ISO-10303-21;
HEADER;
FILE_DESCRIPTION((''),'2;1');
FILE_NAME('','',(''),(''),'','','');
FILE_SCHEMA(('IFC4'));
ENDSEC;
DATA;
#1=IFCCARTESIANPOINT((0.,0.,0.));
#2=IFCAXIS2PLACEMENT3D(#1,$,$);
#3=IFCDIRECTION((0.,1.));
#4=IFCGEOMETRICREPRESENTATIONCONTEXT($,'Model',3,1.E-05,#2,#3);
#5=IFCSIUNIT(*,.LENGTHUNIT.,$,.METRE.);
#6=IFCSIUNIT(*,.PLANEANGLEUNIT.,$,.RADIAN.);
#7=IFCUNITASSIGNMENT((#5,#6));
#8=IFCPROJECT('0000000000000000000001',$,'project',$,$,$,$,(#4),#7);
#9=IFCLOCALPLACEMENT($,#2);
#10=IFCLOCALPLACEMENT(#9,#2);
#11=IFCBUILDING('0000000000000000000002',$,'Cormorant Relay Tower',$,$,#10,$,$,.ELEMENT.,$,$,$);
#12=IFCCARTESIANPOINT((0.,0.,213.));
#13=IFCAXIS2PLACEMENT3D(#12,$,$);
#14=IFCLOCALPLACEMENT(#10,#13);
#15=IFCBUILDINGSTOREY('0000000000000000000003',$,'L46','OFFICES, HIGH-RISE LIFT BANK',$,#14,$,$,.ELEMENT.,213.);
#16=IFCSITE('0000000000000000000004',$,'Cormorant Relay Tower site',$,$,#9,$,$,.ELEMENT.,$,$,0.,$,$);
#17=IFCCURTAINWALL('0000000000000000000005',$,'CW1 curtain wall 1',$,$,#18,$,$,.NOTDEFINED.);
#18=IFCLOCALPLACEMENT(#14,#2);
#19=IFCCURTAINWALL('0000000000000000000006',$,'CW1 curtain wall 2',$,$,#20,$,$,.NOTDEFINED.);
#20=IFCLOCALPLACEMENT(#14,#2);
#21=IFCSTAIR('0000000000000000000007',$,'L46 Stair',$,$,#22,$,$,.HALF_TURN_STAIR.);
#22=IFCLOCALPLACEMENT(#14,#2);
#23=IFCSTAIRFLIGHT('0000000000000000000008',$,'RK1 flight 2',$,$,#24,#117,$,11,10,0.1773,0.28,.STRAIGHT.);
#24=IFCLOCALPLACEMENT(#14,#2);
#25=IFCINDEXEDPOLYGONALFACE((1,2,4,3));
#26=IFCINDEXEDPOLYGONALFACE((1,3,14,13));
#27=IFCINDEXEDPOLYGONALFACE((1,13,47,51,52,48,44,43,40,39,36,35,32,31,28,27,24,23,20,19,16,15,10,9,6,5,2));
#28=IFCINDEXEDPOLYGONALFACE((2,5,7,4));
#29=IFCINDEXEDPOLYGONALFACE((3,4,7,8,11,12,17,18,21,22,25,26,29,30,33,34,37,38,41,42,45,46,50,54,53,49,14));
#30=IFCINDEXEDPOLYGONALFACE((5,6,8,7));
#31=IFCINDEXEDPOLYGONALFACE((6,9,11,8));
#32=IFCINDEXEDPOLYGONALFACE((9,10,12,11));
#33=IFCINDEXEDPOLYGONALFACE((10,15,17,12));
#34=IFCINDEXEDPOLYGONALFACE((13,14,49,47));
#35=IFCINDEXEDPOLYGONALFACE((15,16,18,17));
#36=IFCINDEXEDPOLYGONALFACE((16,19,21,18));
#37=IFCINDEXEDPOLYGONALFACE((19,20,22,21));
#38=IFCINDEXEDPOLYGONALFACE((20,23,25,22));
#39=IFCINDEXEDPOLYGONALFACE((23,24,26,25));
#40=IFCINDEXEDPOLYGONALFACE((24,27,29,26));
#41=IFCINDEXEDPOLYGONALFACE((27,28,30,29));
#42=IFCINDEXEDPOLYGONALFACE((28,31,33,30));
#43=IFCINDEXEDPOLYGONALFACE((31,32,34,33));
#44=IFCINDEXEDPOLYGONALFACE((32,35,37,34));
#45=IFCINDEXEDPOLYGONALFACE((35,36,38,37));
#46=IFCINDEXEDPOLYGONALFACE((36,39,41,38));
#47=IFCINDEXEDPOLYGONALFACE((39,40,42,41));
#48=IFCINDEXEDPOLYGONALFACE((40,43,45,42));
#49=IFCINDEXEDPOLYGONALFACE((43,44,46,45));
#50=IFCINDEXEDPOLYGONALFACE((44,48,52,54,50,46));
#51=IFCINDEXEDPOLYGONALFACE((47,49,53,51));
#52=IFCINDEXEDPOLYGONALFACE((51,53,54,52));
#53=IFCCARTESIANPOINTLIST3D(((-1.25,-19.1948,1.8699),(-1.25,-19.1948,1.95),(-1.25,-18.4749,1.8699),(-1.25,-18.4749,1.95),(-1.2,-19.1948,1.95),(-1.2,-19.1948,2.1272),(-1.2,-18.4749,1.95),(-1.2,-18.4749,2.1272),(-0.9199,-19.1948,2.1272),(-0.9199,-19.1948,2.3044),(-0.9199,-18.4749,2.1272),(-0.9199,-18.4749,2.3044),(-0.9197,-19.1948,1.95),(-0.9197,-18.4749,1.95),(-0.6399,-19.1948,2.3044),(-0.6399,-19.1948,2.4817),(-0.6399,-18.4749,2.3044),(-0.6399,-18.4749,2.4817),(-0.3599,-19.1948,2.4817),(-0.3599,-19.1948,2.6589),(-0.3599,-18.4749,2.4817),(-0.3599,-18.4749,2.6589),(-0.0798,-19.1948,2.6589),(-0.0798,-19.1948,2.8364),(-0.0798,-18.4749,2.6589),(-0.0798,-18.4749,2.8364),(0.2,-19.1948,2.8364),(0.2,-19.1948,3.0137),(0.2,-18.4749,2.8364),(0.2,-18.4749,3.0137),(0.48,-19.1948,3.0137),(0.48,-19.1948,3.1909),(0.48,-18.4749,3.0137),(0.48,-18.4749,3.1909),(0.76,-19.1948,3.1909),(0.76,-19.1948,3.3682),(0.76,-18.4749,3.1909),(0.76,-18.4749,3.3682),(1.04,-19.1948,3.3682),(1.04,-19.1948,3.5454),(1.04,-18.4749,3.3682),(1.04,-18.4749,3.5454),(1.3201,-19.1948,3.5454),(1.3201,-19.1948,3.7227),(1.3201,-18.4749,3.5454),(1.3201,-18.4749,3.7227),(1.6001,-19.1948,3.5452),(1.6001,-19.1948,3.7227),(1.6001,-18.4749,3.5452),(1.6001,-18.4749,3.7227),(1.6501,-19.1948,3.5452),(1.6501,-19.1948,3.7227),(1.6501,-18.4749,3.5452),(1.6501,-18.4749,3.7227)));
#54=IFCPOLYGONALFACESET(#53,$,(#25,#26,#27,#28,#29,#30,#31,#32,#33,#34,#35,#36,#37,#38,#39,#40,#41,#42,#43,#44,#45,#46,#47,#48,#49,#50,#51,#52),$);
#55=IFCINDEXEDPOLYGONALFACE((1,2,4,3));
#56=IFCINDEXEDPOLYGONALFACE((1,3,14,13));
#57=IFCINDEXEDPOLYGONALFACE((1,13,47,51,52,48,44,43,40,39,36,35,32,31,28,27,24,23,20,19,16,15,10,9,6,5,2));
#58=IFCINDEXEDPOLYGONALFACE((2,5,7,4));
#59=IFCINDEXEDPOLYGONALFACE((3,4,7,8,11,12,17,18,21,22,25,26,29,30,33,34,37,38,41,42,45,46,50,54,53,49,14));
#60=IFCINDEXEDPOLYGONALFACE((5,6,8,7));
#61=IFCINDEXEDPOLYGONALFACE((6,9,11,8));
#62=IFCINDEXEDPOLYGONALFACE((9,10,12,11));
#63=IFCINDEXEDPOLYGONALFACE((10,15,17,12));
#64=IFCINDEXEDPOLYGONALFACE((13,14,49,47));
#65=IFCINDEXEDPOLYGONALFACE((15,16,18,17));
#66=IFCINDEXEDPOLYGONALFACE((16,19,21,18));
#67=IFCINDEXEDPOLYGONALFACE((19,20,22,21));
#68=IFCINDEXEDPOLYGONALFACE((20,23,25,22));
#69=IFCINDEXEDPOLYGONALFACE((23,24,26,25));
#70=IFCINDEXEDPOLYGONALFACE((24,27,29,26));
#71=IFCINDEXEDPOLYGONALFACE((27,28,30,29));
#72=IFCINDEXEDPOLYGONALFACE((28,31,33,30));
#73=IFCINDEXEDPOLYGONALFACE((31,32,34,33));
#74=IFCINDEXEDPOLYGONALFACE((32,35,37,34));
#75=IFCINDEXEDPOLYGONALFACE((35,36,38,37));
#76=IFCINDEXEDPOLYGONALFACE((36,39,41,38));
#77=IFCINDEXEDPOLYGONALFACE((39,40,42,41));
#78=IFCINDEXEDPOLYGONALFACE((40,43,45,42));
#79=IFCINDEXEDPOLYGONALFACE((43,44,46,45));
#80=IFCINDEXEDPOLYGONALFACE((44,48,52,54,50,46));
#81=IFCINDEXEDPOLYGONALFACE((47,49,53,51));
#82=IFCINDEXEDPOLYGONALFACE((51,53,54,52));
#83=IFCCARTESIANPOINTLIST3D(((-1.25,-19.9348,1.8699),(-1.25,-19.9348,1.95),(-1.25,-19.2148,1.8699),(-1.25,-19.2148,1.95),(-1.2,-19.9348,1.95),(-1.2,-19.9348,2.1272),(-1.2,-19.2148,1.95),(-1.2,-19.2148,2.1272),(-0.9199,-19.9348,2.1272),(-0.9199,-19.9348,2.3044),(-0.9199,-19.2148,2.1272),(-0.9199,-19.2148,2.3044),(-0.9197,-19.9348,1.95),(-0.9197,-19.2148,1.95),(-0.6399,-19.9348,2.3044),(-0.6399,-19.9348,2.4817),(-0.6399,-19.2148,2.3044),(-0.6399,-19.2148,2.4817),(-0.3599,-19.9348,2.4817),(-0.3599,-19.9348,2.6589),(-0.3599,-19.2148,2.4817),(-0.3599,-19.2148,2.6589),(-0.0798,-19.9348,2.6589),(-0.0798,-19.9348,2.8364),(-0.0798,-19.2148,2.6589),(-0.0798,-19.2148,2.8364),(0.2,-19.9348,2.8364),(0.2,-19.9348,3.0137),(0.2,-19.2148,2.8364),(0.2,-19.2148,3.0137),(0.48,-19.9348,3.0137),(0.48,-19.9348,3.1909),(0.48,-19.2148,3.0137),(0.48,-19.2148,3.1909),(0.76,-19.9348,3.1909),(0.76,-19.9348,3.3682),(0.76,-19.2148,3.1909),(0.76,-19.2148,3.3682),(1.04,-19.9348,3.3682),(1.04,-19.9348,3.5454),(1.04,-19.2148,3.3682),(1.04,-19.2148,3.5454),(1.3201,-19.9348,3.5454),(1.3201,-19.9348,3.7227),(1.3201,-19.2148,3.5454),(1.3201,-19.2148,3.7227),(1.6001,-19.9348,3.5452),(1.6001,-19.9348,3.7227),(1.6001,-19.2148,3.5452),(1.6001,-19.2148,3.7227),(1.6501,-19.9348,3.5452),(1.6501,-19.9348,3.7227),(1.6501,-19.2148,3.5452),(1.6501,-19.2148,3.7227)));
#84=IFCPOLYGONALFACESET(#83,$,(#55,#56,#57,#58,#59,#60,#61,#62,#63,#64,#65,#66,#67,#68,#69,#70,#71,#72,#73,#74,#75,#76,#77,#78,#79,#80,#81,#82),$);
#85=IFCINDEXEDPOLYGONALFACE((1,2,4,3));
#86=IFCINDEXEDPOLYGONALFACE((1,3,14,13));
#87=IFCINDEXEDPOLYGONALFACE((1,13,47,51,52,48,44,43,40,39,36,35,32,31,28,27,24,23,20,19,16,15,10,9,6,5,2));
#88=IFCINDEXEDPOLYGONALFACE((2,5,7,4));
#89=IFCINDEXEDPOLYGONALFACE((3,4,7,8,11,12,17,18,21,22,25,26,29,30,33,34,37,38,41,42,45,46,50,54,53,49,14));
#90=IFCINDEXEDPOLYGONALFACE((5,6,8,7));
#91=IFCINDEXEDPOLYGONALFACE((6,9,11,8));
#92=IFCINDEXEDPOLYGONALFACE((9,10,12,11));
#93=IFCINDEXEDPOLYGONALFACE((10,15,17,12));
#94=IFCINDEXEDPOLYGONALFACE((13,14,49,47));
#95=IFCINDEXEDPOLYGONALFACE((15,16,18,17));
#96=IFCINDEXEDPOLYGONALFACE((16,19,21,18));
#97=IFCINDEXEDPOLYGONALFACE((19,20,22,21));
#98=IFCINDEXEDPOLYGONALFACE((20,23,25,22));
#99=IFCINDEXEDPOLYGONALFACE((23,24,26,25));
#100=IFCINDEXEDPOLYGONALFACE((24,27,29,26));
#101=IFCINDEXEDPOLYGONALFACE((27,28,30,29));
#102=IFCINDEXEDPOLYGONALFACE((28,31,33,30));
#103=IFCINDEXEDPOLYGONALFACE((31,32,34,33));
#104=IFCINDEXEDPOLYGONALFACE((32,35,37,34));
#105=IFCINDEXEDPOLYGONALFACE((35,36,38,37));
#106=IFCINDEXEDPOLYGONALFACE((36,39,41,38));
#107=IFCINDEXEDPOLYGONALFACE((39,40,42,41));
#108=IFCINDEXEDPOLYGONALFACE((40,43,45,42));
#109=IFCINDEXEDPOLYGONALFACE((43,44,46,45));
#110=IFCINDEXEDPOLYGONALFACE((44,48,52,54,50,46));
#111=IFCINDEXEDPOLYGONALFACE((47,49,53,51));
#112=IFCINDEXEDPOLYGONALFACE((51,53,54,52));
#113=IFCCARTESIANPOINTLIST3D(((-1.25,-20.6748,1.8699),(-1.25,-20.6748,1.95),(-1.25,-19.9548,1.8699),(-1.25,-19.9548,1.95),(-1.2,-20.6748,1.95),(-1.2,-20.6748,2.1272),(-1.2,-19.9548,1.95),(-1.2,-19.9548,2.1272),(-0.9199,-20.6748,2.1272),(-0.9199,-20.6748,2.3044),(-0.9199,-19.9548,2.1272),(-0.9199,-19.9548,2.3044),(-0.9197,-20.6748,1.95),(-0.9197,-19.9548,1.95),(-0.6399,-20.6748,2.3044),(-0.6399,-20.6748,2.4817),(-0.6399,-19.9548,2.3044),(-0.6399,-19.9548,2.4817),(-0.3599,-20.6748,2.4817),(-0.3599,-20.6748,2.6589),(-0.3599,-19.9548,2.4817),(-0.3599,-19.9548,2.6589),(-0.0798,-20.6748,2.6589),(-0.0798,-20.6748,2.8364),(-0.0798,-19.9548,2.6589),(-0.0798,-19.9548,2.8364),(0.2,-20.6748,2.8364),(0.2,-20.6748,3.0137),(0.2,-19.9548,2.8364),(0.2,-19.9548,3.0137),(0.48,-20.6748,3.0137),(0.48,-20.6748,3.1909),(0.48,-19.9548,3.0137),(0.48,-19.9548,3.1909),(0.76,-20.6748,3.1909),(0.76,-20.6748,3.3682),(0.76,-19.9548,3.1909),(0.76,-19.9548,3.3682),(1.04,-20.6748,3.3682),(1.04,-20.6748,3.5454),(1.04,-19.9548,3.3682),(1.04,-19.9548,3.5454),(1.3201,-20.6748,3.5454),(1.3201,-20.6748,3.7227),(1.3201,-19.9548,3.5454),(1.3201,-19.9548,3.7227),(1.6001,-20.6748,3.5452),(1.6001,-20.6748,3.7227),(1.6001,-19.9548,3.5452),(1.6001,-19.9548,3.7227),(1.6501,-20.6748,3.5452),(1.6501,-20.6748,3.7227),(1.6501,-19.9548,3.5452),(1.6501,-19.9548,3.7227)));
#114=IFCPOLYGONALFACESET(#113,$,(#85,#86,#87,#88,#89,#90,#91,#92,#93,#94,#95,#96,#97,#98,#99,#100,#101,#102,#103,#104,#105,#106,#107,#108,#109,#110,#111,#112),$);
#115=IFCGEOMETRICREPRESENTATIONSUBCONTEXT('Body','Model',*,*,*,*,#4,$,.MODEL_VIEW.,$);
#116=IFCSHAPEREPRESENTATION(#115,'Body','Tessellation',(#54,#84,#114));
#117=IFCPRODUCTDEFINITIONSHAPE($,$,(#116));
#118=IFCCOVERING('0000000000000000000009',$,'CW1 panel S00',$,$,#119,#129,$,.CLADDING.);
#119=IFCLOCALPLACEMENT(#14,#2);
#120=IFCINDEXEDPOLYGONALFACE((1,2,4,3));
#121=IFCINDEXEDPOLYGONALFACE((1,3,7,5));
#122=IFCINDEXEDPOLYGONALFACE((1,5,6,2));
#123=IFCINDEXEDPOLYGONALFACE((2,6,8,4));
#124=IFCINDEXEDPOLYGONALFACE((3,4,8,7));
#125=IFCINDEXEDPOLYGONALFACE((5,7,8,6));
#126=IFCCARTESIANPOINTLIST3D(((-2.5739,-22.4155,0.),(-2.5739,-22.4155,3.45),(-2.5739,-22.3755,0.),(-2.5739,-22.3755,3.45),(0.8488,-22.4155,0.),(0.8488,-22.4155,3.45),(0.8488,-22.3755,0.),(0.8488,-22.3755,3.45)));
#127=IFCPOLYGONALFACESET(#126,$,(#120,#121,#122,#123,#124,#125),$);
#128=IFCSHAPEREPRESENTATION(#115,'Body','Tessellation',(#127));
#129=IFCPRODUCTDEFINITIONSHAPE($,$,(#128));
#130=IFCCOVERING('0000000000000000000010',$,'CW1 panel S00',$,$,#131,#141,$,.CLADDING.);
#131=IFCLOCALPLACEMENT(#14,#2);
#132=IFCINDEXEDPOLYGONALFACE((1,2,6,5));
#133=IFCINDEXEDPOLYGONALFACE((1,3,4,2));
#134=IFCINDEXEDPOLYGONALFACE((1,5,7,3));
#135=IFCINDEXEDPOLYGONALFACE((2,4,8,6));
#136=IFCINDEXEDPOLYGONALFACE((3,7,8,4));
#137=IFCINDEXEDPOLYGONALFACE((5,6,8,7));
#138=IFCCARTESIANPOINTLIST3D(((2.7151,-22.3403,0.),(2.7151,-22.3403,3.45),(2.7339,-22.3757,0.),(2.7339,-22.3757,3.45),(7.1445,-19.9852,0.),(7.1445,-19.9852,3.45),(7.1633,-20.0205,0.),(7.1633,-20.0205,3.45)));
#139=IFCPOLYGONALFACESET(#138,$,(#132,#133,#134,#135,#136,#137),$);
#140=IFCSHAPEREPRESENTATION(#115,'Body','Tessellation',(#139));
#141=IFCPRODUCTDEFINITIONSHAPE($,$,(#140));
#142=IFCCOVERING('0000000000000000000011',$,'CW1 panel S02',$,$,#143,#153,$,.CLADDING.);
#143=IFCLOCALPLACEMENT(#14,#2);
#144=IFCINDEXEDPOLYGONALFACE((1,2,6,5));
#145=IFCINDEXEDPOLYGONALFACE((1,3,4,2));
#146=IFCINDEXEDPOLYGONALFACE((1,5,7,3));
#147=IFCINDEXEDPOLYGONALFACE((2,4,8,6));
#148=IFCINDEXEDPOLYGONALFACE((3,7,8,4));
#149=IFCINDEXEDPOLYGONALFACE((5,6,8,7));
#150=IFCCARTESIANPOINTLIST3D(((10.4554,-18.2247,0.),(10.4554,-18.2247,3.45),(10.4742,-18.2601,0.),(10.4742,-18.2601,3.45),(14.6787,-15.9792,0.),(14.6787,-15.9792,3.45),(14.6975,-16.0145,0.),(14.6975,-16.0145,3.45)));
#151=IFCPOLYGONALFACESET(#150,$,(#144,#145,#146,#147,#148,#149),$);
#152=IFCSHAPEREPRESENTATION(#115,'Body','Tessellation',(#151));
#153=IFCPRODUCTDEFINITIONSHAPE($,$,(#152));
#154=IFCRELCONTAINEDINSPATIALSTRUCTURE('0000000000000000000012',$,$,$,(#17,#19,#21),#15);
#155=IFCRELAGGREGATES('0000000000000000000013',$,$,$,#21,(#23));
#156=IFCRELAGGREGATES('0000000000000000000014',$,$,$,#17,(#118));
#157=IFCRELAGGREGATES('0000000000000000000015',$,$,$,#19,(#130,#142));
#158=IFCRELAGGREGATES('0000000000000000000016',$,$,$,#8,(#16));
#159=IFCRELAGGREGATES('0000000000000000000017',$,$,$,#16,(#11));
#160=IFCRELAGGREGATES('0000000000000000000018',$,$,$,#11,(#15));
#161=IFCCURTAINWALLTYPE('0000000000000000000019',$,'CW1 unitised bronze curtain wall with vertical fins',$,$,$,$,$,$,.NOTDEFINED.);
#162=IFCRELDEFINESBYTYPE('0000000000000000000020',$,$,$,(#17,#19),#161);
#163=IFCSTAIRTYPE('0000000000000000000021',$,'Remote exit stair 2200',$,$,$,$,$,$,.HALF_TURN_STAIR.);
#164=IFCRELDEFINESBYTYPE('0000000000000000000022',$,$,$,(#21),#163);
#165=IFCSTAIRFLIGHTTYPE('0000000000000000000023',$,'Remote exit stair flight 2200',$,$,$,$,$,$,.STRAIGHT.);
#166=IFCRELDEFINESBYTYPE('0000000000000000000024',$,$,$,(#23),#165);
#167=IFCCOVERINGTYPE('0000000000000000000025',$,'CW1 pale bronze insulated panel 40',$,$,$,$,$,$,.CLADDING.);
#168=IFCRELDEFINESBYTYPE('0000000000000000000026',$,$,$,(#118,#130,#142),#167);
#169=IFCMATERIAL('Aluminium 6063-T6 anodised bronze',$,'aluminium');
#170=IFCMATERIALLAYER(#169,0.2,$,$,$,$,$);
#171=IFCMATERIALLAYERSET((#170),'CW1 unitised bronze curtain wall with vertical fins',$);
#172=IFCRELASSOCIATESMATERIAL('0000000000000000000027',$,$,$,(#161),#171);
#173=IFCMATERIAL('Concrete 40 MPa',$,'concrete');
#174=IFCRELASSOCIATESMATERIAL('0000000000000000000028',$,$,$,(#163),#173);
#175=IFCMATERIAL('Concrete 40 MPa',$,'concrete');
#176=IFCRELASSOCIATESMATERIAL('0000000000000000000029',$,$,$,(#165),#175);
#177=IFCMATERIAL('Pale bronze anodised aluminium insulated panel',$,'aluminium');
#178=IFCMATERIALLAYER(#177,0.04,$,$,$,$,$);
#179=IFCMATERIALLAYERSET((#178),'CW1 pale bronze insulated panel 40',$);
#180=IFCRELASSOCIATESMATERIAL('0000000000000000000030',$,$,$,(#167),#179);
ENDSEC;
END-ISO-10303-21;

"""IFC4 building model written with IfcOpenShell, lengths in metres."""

from ifc_helpers import new_model, si_unit, direction, frame, origin, origin_2d, place, context, subcontext, project, spatial, polyline, rectangle, outline, extrude, material, layer, layer_set, type_object, element, aggregate, save


model = new_model("IFC4")

# Units and contexts
model_context = context("Model", 3, precision=1e-05, world=origin(), true_north=direction((0.0, 1.0)))
body_context = subcontext(model_context, "Body", "Model", "MODEL_VIEW")
ifc_project = project(units=[si_unit("LENGTHUNIT", "METRE"), si_unit("PLANEANGLEUNIT", "RADIAN")], contexts=[model_context])

# Site, building, storey
site_placement = place(None, origin())
site = spatial("IfcSite", under=ifc_project, at=site_placement, Name="Cormorant Relay Tower site", CompositionType="ELEMENT", RefElevation=0.0)
building_placement = place(site_placement, origin())
building = spatial("IfcBuilding", under=site, at=building_placement, Name="Cormorant Relay Tower", CompositionType="ELEMENT")
storey_placement = place(building_placement, frame((0.0, 0.0, 213.0)))
storey = spatial("IfcBuildingStorey", under=building, at=storey_placement, Name="L46", Description="OFFICES, HIGH-RISE LIFT BANK", CompositionType="ELEMENT", Elevation=213.0)

# Curtain wall
ifc_material_1 = material(Name="Aluminium 6063-T6 anodised bronze", Category="aluminium")
ifc_layer_1 = layer(ifc_material_1, 0.2)
ifc_layer_set_1 = layer_set([ifc_layer_1], Name="CW1 unitised bronze curtain wall with vertical fins")
curtain_wall_type = type_object("IfcCurtainWallType", Name="CW1 unitised bronze curtain wall with vertical fins", PredefinedType="NOTDEFINED", material=ifc_layer_set_1)
curtain_wall_1_placement = place(storey_placement, origin())
curtain_wall_1 = element("IfcCurtainWall", 1, at=curtain_wall_1_placement, inside=storey, type_object=curtain_wall_type, Name="CW1 curtain wall 1", PredefinedType="NOTDEFINED")

# Curtain wall
curtain_wall_2_placement = place(storey_placement, origin())
curtain_wall_2 = element("IfcCurtainWall", 2, at=curtain_wall_2_placement, inside=storey, type_object=curtain_wall_type, Name="CW1 curtain wall 2", PredefinedType="NOTDEFINED")

# Stair, stair flight
ifc_material_2 = material(Name="Concrete 40 MPa", Category="concrete")
stair_type = type_object("IfcStairType", Name="Remote exit stair 2200", PredefinedType="HALF_TURN_STAIR", material=ifc_material_2)
stair_placement = place(storey_placement, origin())
stair = element("IfcStair", 3, at=stair_placement, inside=storey, type_object=stair_type, Name="L46 Stair", PredefinedType="HALF_TURN_STAIR")
ifc_material_3 = material(Name="Concrete 40 MPa", Category="concrete")
stair_flight_type = type_object("IfcStairFlightType", Name="Remote exit stair flight 2200", PredefinedType="STRAIGHT", material=ifc_material_3)
stair_flight_1_placement = place(storey_placement, frame((-1.2, -19.575, 1.95), z_axis=(0.0, 0.0, 1.0), x_axis=(1.0, 0.0, 0.0)))
stair_flight_1 = element("IfcStairFlight", 4, at=stair_flight_1_placement, type_object=stair_flight_type, Name="RK1 flight 2", NumberOfRisers=11, NumberOfTreads=10, PredefinedType="STRAIGHT", RiserHeight=0.1773, TreadLength=0.28, context=body_context, shape_type="SweptSolid", body=[
    extrude(outline(polyline([(-0.05, -0.0801), (-0.05, 0.0), (0.0, 0.0), (0.0, 0.1772), (0.28, 0.1772), (0.28, 0.3545), (0.5601, 0.3545), (0.5601, 0.5317), (0.8401, 0.5317), (0.8401, 0.709), (1.1201, 0.709), (1.1201, 0.8865), (1.3999, 0.8865), (1.3999, 1.0637), (1.6799, 1.0637), (1.6799, 1.241), (1.96, 1.241), (1.96, 1.4182), (2.24, 1.4182), (2.24, 1.5955), (2.52, 1.5955), (2.52, 1.7727), (2.8, 1.7727), (2.8501, 1.7727), (2.8501, 1.5952), (2.8, 1.5952), (0.2803, 0.0), (-0.05, -0.0801)])), frame((0.0, 1.1001, 0.0), z_axis=(0.0, -1.0, 0.0), x_axis=(1.0, 0.0, 0.0)), (0.0, 0.0, 1.0), 0.72),
    extrude(outline(polyline([(-0.05, -0.0801), (-0.05, 0.0), (0.0, 0.0), (0.0, 0.1772), (0.28, 0.1772), (0.28, 0.3545), (0.5601, 0.3545), (0.5601, 0.5317), (0.8401, 0.5317), (0.8401, 0.709), (1.1201, 0.709), (1.1201, 0.8865), (1.3999, 0.8865), (1.3999, 1.0637), (1.6799, 1.0637), (1.6799, 1.241), (1.96, 1.241), (1.96, 1.4182), (2.24, 1.4182), (2.24, 1.5955), (2.52, 1.5955), (2.52, 1.7727), (2.8, 1.7727), (2.8501, 1.7727), (2.8501, 1.5952), (2.8, 1.5952), (0.2803, 0.0), (-0.05, -0.0801)])), frame((0.0, 0.3601, 0.0), z_axis=(0.0, -1.0, 0.0), x_axis=(1.0, 0.0, 0.0)), (0.0, 0.0, 1.0), 0.72),
    extrude(outline(polyline([(-0.05, -0.0801), (-0.05, 0.0), (0.0, 0.0), (0.0, 0.1772), (0.28, 0.1772), (0.28, 0.3545), (0.5601, 0.3545), (0.5601, 0.5317), (0.8401, 0.5317), (0.8401, 0.709), (1.1201, 0.709), (1.1201, 0.8865), (1.3999, 0.8865), (1.3999, 1.0637), (1.6799, 1.0637), (1.6799, 1.241), (1.96, 1.241), (1.96, 1.4182), (2.24, 1.4182), (2.24, 1.5955), (2.52, 1.5955), (2.52, 1.7727), (2.8, 1.7727), (2.8501, 1.7727), (2.8501, 1.5952), (2.8, 1.5952), (0.2803, 0.0), (-0.05, -0.0801)])), frame((0.0, -0.3799, 0.0), z_axis=(0.0, -1.0, 0.0), x_axis=(1.0, 0.0, 0.0)), (0.0, 0.0, 1.0), 0.72),
])
aggregate(stair, [stair_flight_1])

# Coverings
ifc_material_4 = material(Name="Pale bronze anodised aluminium insulated panel", Category="aluminium")
ifc_layer_2 = layer(ifc_material_4, 0.04)
ifc_layer_set_2 = layer_set([ifc_layer_2], Name="CW1 pale bronze insulated panel 40")
covering_type = type_object("IfcCoveringType", Name="CW1 pale bronze insulated panel 40", PredefinedType="CLADDING", material=ifc_layer_set_2)
covering_1_placement = place(storey_placement, frame((-0.8625, -22.3955, 0.0), z_axis=(0.0, 0.0, 1.0), x_axis=(1.0, 0.0, 0.0)))
covering_1 = element("IfcCovering", 5, at=covering_1_placement, type_object=covering_type, Name="CW1 panel S00", PredefinedType="CLADDING", context=body_context, shape_type="SweptSolid", body=[
    extrude(rectangle(XDim=3.4226, YDim=0.04, at=origin_2d()), origin(), (0.0, 0.0, 1.0), 3.45),
])
aggregate(curtain_wall_1, [covering_1])
covering_2_placement = place(storey_placement, frame((4.9392, -21.1804, 0.0), z_axis=(0.0, 0.0, 1.0), x_axis=(0.882948, 0.469472, 0.0)))
covering_2 = element("IfcCovering", 6, at=covering_2_placement, type_object=covering_type, Name="CW1 panel S00", PredefinedType="CLADDING", context=body_context, shape_type="SweptSolid", body=[
    extrude(rectangle(XDim=5.0166, YDim=0.04, at=origin_2d()), origin(), (0.0, 0.0, 1.0), 3.45),
])
covering_3_placement = place(storey_placement, frame((12.5764, -17.1196, 0.0), z_axis=(0.0, 0.0, 1.0), x_axis=(0.882948, 0.469472, 0.0)))
covering_3 = element("IfcCovering", 7, at=covering_3_placement, type_object=covering_type, Name="CW1 panel S02", PredefinedType="CLADDING", context=body_context, shape_type="SweptSolid", body=[
    extrude(rectangle(XDim=4.7832, YDim=0.04, at=origin_2d()), origin(), (0.0, 0.0, 1.0), 3.45),
])
aggregate(curtain_wall_2, [covering_2, covering_3])

save(model, "model.ifc")
